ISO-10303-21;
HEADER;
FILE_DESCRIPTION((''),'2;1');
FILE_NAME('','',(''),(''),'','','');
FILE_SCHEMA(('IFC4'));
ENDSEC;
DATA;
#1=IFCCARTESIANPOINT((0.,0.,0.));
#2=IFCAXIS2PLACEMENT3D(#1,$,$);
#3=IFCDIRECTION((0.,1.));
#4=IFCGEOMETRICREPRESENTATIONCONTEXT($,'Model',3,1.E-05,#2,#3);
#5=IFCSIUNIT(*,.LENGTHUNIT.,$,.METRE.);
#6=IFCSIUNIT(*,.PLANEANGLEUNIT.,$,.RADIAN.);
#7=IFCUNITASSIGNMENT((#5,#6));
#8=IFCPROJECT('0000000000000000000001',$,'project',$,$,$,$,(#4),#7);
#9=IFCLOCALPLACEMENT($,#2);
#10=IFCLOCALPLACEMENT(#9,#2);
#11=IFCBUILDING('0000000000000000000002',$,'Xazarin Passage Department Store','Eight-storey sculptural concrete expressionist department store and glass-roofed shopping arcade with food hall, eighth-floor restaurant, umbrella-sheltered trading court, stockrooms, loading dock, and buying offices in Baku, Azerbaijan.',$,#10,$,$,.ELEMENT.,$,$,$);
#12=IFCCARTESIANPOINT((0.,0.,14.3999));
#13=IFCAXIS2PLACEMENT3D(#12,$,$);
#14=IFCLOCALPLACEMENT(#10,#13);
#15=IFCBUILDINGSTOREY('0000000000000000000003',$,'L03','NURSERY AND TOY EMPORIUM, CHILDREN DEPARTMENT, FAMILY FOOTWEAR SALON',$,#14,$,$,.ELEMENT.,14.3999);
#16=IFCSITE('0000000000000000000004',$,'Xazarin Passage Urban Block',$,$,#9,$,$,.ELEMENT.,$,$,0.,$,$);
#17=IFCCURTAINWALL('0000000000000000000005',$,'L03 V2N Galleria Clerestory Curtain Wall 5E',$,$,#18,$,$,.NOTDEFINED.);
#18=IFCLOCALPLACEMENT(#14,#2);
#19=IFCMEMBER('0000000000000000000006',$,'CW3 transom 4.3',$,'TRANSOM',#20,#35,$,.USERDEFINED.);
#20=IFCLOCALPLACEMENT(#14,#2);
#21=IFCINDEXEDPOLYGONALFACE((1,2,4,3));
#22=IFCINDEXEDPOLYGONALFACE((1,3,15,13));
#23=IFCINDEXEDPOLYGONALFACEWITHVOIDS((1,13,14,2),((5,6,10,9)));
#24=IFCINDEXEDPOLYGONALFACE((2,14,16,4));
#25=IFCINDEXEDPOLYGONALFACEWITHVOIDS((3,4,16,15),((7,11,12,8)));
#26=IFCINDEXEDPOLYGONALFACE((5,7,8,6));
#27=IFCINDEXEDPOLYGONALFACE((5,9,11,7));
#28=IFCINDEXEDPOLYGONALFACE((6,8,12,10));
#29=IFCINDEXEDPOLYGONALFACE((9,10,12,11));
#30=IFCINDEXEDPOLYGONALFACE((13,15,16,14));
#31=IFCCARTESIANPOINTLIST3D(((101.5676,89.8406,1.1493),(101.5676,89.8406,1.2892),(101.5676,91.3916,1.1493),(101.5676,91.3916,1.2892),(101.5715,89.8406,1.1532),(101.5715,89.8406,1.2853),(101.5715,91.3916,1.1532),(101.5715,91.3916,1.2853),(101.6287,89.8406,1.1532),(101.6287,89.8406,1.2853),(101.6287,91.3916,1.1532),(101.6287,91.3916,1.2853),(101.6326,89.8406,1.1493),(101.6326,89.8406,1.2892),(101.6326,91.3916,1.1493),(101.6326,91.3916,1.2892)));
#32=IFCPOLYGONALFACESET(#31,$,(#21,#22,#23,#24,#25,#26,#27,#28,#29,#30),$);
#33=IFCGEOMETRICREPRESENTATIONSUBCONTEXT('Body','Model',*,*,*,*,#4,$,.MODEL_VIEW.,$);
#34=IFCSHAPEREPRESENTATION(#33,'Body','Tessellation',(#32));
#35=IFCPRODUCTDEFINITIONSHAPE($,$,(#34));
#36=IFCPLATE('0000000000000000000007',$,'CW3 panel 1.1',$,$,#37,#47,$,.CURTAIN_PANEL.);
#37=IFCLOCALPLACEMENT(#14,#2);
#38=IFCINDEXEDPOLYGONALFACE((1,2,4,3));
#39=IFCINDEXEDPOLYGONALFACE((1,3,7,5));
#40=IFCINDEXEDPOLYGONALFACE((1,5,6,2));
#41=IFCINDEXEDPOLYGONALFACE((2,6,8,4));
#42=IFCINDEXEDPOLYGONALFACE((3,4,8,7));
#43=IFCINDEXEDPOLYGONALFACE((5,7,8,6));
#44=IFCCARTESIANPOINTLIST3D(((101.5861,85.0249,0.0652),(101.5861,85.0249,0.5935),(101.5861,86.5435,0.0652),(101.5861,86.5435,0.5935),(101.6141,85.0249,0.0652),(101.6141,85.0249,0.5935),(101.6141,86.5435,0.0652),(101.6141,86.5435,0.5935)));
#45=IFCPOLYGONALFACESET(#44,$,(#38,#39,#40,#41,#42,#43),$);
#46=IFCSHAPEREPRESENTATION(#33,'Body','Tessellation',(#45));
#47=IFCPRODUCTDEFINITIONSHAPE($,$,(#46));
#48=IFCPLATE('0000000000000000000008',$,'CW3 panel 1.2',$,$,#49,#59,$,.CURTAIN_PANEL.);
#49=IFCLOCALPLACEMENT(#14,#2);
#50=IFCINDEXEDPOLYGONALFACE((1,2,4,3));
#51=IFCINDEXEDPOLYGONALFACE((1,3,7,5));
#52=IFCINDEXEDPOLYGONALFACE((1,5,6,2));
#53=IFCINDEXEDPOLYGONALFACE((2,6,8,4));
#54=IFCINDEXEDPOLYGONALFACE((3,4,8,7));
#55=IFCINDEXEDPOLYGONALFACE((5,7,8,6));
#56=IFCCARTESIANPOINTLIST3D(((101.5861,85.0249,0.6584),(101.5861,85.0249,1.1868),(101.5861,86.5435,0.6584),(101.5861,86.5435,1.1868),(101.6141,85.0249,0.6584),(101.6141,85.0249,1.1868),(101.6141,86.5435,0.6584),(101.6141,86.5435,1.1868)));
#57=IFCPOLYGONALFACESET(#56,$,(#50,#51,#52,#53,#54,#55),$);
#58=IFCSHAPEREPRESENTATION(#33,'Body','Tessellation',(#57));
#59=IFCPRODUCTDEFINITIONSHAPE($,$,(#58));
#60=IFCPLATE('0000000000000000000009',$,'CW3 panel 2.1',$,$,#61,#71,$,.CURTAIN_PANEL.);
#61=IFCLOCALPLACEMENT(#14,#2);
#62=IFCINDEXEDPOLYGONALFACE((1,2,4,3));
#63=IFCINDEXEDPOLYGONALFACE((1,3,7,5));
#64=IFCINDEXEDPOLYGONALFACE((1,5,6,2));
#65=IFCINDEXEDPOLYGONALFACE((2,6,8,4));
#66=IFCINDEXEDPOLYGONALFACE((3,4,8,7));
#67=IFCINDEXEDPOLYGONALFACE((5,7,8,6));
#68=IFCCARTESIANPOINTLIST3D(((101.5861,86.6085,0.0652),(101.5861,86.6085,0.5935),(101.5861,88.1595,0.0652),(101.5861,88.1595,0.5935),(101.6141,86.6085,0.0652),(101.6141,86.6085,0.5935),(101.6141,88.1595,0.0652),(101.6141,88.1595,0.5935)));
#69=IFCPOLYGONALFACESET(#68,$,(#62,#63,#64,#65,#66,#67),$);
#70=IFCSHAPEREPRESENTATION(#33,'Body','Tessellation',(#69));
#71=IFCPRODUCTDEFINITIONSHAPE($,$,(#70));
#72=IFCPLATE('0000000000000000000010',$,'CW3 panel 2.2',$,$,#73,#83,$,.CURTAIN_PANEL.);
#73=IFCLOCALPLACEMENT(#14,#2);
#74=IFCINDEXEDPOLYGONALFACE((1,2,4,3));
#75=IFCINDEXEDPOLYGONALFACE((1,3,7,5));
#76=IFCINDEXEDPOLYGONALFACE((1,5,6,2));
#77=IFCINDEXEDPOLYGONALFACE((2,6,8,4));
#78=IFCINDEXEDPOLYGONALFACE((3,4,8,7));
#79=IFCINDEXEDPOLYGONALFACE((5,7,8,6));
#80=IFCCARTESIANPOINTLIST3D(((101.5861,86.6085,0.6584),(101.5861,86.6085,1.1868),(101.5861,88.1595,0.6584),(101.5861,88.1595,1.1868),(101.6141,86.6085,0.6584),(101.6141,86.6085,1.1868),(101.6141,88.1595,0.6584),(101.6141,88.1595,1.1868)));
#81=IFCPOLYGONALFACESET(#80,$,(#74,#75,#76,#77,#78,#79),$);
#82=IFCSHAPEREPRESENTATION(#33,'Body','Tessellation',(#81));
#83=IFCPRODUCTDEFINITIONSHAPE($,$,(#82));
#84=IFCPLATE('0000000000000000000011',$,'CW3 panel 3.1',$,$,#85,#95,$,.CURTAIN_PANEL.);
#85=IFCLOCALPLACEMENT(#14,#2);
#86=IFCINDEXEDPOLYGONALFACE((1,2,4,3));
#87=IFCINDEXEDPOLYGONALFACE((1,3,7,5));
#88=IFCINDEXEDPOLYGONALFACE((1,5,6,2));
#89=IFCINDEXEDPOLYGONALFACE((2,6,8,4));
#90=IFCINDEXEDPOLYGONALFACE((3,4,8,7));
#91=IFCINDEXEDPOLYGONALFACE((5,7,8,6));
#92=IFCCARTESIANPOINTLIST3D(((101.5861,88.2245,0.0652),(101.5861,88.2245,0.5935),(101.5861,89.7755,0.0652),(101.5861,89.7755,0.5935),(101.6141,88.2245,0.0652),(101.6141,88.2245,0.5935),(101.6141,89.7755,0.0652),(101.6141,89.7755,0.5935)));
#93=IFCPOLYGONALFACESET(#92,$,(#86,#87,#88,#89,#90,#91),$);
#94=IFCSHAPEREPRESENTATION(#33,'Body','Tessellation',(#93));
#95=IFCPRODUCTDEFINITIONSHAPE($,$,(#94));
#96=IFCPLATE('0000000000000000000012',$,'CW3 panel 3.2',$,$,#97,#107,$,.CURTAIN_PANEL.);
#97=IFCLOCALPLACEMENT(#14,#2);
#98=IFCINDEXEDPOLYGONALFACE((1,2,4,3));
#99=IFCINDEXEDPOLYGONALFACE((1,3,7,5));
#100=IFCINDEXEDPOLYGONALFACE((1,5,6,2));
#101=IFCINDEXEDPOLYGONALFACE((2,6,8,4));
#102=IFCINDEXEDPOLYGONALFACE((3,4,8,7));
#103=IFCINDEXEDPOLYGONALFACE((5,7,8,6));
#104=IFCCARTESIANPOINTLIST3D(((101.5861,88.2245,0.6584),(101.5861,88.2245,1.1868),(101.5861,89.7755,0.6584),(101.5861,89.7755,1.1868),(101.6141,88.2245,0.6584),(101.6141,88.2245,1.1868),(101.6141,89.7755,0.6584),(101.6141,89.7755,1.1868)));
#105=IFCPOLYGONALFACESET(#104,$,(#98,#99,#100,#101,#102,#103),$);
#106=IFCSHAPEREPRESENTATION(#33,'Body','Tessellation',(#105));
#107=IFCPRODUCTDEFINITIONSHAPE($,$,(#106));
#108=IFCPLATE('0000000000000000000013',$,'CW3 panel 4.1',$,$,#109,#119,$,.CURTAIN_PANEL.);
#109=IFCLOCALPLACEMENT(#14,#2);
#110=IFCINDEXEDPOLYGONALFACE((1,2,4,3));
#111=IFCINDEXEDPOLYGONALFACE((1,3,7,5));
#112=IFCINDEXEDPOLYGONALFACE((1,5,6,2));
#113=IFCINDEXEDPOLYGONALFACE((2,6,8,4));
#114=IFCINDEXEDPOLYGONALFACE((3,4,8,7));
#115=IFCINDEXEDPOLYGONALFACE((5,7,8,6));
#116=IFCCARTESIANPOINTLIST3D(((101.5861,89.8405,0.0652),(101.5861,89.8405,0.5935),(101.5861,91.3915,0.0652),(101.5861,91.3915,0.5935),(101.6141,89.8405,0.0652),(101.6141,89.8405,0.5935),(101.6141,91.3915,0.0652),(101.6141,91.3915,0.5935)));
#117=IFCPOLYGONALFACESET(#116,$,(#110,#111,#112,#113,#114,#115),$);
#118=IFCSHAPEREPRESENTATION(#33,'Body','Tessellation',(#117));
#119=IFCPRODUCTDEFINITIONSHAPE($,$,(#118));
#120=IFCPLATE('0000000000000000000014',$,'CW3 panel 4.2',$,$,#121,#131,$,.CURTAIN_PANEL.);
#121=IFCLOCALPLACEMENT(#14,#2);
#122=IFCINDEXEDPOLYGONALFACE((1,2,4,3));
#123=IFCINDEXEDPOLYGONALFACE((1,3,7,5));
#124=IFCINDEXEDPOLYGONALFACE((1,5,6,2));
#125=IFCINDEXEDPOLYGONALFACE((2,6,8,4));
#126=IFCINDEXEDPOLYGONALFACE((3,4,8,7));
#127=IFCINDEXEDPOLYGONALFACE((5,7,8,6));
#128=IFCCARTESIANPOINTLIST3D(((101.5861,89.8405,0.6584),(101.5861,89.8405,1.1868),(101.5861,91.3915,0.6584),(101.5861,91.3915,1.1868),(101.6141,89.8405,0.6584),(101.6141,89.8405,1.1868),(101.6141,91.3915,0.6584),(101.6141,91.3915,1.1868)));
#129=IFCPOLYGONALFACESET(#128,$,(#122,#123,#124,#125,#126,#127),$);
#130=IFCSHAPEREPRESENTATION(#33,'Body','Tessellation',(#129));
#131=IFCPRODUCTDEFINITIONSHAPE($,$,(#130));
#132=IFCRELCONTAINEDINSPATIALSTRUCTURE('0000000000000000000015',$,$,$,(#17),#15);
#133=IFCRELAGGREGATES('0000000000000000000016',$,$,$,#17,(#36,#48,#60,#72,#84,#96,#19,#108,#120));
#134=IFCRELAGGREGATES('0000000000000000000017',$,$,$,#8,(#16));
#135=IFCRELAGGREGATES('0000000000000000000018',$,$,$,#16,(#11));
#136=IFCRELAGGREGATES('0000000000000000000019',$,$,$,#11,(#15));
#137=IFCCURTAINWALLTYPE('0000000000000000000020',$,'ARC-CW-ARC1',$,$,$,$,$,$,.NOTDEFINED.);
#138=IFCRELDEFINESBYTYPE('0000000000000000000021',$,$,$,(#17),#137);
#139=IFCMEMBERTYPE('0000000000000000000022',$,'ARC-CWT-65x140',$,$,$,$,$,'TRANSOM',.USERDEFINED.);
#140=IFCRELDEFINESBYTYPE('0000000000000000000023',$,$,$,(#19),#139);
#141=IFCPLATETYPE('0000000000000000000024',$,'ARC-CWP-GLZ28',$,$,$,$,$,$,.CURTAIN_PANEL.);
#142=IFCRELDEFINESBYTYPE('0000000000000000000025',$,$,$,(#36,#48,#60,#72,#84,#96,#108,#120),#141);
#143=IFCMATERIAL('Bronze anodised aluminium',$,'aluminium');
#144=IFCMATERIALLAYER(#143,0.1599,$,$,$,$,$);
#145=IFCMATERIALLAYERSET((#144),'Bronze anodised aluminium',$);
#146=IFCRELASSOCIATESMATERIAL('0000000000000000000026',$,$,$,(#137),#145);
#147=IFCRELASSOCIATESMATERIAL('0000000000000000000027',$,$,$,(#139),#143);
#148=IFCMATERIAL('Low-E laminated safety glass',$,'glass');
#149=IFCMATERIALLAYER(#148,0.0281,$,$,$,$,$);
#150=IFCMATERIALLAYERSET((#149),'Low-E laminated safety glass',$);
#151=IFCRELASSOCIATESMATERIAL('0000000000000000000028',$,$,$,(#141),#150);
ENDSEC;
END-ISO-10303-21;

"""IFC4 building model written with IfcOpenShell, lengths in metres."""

from ifc_helpers import new_model, si_unit, direction, frame, origin, origin_2d, place, context, subcontext, project, spatial, rectangle, hollow_rectangle, extrude, material, layer, layer_set, material_profile, profile_set, type_object, element, aggregate, save


model = new_model("IFC4")

# Units and contexts
model_context = context("Model", 3, precision=1e-05, world=origin(), true_north=direction((0.0, 1.0)))
body_context = subcontext(model_context, "Body", "Model", "MODEL_VIEW")
ifc_project = project(units=[si_unit("LENGTHUNIT", "METRE"), si_unit("PLANEANGLEUNIT", "RADIAN")], contexts=[model_context])

# Site, building, storey
site_placement = place(None, origin())
site = spatial("IfcSite", under=ifc_project, at=site_placement, Name="Xazarin Passage Urban Block", CompositionType="ELEMENT", RefElevation=0.0)
building_placement = place(site_placement, origin())
building = spatial("IfcBuilding", under=site, at=building_placement, Name="Xazarin Passage Department Store", Description="Eight-storey sculptural concrete expressionist department store and glass-roofed shopping arcade with food hall, eighth-floor restaurant, umbrella-sheltered trading court, stockrooms, loading dock, and buying offices in Baku, Azerbaijan.", CompositionType="ELEMENT")
storey_placement = place(building_placement, frame((0.0, 0.0, 14.3999)))
storey = spatial("IfcBuildingStorey", under=building, at=storey_placement, Name="L03", Description="NURSERY AND TOY EMPORIUM, CHILDREN DEPARTMENT, FAMILY FOOTWEAR SALON", CompositionType="ELEMENT", Elevation=14.3999)

# Curtain wall, member, plates
ifc_material_1 = material(Name="Bronze anodised aluminium", Category="aluminium")
ifc_layer_1 = layer(ifc_material_1, 0.1599)
ifc_layer_set_1 = layer_set([ifc_layer_1], Name="Bronze anodised aluminium")
curtain_wall_type = type_object("IfcCurtainWallType", Name="ARC-CW-ARC1", PredefinedType="NOTDEFINED", material=ifc_layer_set_1)
curtain_wall_placement = place(storey_placement, origin())
curtain_wall = element("IfcCurtainWall", 1, at=curtain_wall_placement, inside=storey, type_object=curtain_wall_type, Name="L03 V2N Galleria Clerestory Curtain Wall 5E", PredefinedType="NOTDEFINED")
ifc_material_profile_1 = material_profile(ifc_material_1, hollow_rectangle(XDim=0.0649, YDim=0.1399, WallThickness=0.0039, at=origin_2d()), Name="ALU 65x140")
ifc_profile_set_1 = profile_set([ifc_material_profile_1], Name="Bronze anodised aluminium")
member_type_1 = type_object("IfcMemberType", Name="ARC-CWT-65x140", ElementType="TRANSOM", PredefinedType="USERDEFINED", material=ifc_profile_set_1)
member_1_placement = place(storey_placement, frame((101.6001, 89.8406, 1.2192), z_axis=(0.0, 1.0, 0.0), x_axis=(-1.0, 0.0, 0.0)))
member_1 = element("IfcMember", 2, at=member_1_placement, type_object=member_type_1, Name="CW3 transom 4.3", ObjectType="TRANSOM", PredefinedType="USERDEFINED", context=body_context, shape_type="SweptSolid", body=[
    extrude(hollow_rectangle(XDim=0.0649, YDim=0.1399, WallThickness=0.0039, at=origin_2d()), origin(), (0.0, 0.0, 1.0), 1.551),
])
ifc_material_2 = material(Name="Low-E laminated safety glass", Category="glass")
ifc_layer_2 = layer(ifc_material_2, 0.0281)
ifc_layer_set_2 = layer_set([ifc_layer_2], Name="Low-E laminated safety glass")
plate_type = type_object("IfcPlateType", Name="ARC-CWP-GLZ28", PredefinedType="CURTAIN_PANEL", material=ifc_layer_set_2)
plate_1_placement = place(storey_placement, frame((101.6001, 85.7842, 0.0652), z_axis=(0.0, 0.0, 1.0), x_axis=(0.0, 1.0, 0.0)))
plate_1 = element("IfcPlate", 3, at=plate_1_placement, type_object=plate_type, Name="CW3 panel 1.1", PredefinedType="CURTAIN_PANEL", context=body_context, shape_type="SweptSolid", body=[
    extrude(rectangle(XDim=1.5186, YDim=0.0281, at=origin_2d()), origin(), (0.0, 0.0, 1.0), 0.5283),
])
plate_2_placement = place(storey_placement, frame((101.6001, 85.7842, 0.6584), z_axis=(0.0, 0.0, 1.0), x_axis=(0.0, 1.0, 0.0)))
plate_2 = element("IfcPlate", 4, at=plate_2_placement, type_object=plate_type, Name="CW3 panel 1.2", PredefinedType="CURTAIN_PANEL", context=body_context, shape_type="SweptSolid", body=[
    extrude(rectangle(XDim=1.5186, YDim=0.0281, at=origin_2d()), origin(), (0.0, 0.0, 1.0), 0.5283),
])
plate_3_placement = place(storey_placement, frame((101.6001, 87.384, 0.0652), z_axis=(0.0, 0.0, 1.0), x_axis=(0.0, 1.0, 0.0)))
plate_3 = element("IfcPlate", 5, at=plate_3_placement, type_object=plate_type, Name="CW3 panel 2.1", PredefinedType="CURTAIN_PANEL", context=body_context, shape_type="SweptSolid", body=[
    extrude(rectangle(XDim=1.551, YDim=0.0281, at=origin_2d()), origin(), (0.0, 0.0, 1.0), 0.5283),
])
plate_4_placement = place(storey_placement, frame((101.6001, 87.384, 0.6584), z_axis=(0.0, 0.0, 1.0), x_axis=(0.0, 1.0, 0.0)))
plate_4 = element("IfcPlate", 6, at=plate_4_placement, type_object=plate_type, Name="CW3 panel 2.2", PredefinedType="CURTAIN_PANEL", context=body_context, shape_type="SweptSolid", body=[
    extrude(rectangle(XDim=1.551, YDim=0.0281, at=origin_2d()), origin(), (0.0, 0.0, 1.0), 0.5283),
])
plate_5_placement = place(storey_placement, frame((101.6001, 89.0, 0.0652), z_axis=(0.0, 0.0, 1.0), x_axis=(0.0, 1.0, 0.0)))
plate_5 = element("IfcPlate", 7, at=plate_5_placement, type_object=plate_type, Name="CW3 panel 3.1", PredefinedType="CURTAIN_PANEL", context=body_context, shape_type="SweptSolid", body=[
    extrude(rectangle(XDim=1.551, YDim=0.0281, at=origin_2d()), origin(), (0.0, 0.0, 1.0), 0.5283),
])
plate_6_placement = place(storey_placement, frame((101.6001, 89.0, 0.6584), z_axis=(0.0, 0.0, 1.0), x_axis=(0.0, 1.0, 0.0)))
plate_6 = element("IfcPlate", 8, at=plate_6_placement, type_object=plate_type, Name="CW3 panel 3.2", PredefinedType="CURTAIN_PANEL", context=body_context, shape_type="SweptSolid", body=[
    extrude(rectangle(XDim=1.551, YDim=0.0281, at=origin_2d()), origin(), (0.0, 0.0, 1.0), 0.5283),
])
plate_7_placement = place(storey_placement, frame((101.6001, 90.616, 0.0652), z_axis=(0.0, 0.0, 1.0), x_axis=(0.0, 1.0, 0.0)))
plate_7 = element("IfcPlate", 9, at=plate_7_placement, type_object=plate_type, Name="CW3 panel 4.1", PredefinedType="CURTAIN_PANEL", context=body_context, shape_type="SweptSolid", body=[
    extrude(rectangle(XDim=1.551, YDim=0.0281, at=origin_2d()), origin(), (0.0, 0.0, 1.0), 0.5283),
])
plate_8_placement = place(storey_placement, frame((101.6001, 90.616, 0.6584), z_axis=(0.0, 0.0, 1.0), x_axis=(0.0, 1.0, 0.0)))
plate_8 = element("IfcPlate", 10, at=plate_8_placement, type_object=plate_type, Name="CW3 panel 4.2", PredefinedType="CURTAIN_PANEL", context=body_context, shape_type="SweptSolid", body=[
    extrude(rectangle(XDim=1.551, YDim=0.0281, at=origin_2d()), origin(), (0.0, 0.0, 1.0), 0.5283),
])
aggregate(curtain_wall, [plate_1, plate_2, plate_3, plate_4, plate_5, plate_6, member_1, plate_7, plate_8])

save(model, "model.ifc")
